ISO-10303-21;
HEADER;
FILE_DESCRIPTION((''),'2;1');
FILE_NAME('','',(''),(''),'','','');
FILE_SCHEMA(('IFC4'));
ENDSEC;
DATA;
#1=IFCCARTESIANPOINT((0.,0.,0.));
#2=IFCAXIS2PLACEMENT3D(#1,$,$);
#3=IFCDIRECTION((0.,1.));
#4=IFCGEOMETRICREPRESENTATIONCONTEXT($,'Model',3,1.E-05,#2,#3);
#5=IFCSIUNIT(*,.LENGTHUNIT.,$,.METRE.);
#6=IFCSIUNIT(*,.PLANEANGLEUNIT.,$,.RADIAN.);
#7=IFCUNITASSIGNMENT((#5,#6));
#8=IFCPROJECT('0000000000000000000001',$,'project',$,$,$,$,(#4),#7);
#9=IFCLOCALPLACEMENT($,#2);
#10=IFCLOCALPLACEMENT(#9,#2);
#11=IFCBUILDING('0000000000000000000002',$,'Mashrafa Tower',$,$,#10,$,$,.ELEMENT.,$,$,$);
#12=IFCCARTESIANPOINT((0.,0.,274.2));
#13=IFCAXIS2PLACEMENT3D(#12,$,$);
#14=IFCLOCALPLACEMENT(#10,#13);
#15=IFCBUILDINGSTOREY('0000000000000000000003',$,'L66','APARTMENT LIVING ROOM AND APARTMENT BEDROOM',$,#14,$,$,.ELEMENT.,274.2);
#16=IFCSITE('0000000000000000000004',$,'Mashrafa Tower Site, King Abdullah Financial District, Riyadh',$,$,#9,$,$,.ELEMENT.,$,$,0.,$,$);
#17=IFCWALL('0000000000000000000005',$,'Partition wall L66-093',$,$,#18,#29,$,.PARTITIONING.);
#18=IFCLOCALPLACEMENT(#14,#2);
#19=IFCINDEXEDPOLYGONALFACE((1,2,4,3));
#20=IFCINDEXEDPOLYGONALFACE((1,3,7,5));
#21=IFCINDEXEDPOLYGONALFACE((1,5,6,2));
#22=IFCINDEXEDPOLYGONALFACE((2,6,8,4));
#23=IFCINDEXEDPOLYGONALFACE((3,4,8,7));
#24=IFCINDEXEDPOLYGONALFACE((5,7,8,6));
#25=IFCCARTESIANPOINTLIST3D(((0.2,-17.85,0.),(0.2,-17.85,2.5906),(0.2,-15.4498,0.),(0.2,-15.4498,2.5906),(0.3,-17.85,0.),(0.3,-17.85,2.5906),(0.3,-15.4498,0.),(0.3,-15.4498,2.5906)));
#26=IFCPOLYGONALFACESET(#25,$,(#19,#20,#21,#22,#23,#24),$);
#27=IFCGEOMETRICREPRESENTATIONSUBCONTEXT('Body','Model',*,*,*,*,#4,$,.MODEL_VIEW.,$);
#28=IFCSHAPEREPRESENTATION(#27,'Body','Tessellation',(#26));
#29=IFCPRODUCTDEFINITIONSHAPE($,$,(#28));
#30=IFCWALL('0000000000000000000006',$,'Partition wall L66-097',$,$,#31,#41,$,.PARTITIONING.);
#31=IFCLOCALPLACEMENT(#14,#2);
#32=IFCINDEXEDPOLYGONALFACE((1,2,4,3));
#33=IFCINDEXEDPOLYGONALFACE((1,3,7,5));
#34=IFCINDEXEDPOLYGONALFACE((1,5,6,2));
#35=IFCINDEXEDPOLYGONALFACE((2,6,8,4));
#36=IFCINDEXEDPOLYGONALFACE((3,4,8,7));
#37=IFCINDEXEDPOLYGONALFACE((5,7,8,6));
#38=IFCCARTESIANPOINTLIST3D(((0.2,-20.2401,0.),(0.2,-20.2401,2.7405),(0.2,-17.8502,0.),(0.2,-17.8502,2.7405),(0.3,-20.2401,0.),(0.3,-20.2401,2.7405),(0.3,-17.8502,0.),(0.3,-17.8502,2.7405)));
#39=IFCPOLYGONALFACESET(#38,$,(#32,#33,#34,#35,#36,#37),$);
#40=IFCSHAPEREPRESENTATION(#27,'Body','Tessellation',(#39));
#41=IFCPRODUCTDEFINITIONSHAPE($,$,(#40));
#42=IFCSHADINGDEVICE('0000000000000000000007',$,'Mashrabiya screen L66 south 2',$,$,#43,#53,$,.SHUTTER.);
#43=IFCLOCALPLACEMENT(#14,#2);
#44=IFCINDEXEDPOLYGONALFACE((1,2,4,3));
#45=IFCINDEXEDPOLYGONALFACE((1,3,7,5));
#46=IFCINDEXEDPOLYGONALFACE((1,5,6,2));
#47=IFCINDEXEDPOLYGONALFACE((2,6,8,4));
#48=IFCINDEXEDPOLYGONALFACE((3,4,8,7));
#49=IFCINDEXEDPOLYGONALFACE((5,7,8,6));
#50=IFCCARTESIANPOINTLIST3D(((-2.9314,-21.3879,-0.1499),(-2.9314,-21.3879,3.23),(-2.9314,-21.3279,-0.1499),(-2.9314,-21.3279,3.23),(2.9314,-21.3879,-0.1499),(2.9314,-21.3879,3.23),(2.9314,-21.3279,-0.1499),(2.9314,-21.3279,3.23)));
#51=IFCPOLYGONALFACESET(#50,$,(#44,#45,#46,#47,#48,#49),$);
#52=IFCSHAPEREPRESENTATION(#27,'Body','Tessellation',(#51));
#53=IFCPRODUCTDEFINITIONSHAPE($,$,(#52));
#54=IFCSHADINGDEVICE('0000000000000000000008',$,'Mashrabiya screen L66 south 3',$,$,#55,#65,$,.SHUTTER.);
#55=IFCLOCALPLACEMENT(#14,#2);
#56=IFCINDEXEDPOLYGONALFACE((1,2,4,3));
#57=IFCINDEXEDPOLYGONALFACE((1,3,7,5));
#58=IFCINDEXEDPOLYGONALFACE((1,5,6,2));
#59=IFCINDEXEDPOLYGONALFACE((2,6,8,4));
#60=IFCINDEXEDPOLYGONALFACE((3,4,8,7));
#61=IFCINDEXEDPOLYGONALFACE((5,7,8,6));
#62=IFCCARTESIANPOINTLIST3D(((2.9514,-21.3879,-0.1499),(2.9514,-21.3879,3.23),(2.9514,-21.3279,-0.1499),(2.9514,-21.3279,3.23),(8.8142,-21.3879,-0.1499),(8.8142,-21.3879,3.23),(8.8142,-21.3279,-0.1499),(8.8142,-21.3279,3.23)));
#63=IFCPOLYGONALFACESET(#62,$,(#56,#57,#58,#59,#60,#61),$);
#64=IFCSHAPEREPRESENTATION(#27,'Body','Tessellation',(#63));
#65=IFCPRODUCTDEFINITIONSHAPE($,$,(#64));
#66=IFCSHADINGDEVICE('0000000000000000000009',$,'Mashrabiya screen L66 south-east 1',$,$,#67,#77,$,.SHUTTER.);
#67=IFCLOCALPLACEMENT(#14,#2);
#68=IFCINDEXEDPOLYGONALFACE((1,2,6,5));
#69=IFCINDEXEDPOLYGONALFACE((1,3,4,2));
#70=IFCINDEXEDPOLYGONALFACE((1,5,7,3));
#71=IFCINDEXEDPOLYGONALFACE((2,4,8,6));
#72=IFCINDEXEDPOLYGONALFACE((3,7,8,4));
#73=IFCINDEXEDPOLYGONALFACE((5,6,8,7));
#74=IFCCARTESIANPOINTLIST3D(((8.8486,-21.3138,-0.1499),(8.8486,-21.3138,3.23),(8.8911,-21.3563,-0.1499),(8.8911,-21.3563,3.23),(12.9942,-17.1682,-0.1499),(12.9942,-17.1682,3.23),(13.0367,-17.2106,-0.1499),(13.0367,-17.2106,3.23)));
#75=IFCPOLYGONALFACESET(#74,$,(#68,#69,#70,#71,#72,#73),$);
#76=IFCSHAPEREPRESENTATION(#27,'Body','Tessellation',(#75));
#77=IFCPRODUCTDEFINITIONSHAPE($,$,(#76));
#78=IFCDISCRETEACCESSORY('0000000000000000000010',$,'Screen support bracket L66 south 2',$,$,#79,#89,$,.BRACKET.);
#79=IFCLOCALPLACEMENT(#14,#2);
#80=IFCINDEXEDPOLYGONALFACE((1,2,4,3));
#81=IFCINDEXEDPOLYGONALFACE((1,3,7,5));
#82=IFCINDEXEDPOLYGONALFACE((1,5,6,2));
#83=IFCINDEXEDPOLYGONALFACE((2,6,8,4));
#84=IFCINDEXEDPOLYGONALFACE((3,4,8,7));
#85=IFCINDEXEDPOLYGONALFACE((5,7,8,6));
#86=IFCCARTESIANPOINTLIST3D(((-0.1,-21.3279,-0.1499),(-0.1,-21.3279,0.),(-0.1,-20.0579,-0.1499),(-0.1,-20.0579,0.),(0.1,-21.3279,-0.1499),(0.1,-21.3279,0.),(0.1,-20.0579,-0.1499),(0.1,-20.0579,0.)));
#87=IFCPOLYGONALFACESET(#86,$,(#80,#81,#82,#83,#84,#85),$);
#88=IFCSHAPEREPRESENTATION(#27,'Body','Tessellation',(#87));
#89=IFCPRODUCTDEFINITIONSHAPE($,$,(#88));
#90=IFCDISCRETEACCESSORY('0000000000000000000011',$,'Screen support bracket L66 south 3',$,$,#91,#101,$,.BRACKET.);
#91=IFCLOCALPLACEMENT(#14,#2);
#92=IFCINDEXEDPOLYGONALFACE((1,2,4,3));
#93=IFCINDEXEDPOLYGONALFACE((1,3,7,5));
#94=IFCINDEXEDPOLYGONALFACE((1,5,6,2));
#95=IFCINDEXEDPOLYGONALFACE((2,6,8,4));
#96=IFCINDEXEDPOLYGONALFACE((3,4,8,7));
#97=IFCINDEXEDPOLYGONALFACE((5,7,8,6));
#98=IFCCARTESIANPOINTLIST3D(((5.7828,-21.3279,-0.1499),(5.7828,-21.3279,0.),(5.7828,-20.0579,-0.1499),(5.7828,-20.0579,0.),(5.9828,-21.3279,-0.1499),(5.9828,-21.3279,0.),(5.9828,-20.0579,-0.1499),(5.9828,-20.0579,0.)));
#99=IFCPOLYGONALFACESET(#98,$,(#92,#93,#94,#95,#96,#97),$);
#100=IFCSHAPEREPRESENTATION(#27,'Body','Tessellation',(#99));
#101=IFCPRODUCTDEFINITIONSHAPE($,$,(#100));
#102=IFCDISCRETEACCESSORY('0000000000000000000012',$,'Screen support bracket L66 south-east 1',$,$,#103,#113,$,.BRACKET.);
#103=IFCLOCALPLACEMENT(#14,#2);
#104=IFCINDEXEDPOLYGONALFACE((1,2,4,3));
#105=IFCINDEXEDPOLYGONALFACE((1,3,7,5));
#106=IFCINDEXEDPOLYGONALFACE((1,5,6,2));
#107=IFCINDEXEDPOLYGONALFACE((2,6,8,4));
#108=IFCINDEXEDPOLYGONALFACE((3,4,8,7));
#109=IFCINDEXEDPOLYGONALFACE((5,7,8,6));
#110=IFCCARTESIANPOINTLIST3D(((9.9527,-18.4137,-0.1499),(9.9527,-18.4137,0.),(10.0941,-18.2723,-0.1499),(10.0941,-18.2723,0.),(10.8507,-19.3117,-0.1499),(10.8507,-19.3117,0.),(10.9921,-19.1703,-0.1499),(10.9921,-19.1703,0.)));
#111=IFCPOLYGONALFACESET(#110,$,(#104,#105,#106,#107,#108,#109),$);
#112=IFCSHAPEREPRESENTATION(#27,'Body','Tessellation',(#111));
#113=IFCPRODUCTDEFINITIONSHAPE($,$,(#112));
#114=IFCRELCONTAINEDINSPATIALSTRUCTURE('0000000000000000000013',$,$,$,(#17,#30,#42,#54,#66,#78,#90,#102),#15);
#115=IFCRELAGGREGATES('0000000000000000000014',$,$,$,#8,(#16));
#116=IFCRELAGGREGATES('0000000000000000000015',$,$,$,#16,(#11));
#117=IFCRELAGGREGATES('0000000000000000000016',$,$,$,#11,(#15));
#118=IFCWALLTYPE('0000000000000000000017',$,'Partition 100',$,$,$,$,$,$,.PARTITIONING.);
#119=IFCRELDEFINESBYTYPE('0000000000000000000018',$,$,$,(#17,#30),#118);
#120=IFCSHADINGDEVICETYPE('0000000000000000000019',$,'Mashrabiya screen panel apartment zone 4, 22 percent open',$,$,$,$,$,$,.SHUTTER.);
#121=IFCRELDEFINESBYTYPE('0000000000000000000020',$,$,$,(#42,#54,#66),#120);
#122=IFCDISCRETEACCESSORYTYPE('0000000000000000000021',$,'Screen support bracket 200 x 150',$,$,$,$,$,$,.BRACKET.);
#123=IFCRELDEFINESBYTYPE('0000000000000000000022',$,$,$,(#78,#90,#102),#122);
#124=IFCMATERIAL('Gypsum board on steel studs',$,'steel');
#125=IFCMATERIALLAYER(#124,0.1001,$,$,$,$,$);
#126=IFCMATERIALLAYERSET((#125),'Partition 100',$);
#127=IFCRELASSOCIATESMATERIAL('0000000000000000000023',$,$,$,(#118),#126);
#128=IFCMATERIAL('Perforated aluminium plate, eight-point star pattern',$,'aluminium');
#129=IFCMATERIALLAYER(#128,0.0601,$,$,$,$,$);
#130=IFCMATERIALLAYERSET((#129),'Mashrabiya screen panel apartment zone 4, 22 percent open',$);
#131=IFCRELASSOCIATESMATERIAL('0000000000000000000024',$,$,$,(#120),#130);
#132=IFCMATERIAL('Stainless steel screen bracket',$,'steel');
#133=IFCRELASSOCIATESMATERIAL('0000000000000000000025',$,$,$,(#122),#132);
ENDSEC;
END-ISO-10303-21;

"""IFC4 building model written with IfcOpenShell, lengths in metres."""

from ifc_helpers import new_model, si_unit, direction, frame, frame_2d, origin, origin_2d, place, context, subcontext, project, spatial, rectangle, extrude, source, transform, mapped, material, layer, layer_set, type_object, type_shapes, element, save


model = new_model("IFC4")

# Units and contexts
model_context = context("Model", 3, precision=1e-05, world=origin(), true_north=direction((0.0, 1.0)))
body_context = subcontext(model_context, "Body", "Model", "MODEL_VIEW")
ifc_project = project(units=[si_unit("LENGTHUNIT", "METRE"), si_unit("PLANEANGLEUNIT", "RADIAN")], contexts=[model_context])

# Site, building, storey
site_placement = place(None, origin())
site = spatial("IfcSite", under=ifc_project, at=site_placement, Name="Mashrafa Tower Site, King Abdullah Financial District, Riyadh", CompositionType="ELEMENT", RefElevation=0.0)
building_placement = place(site_placement, origin())
building = spatial("IfcBuilding", under=site, at=building_placement, Name="Mashrafa Tower", CompositionType="ELEMENT")
storey_placement = place(building_placement, frame((0.0, 0.0, 274.2)))
storey = spatial("IfcBuildingStorey", under=building, at=storey_placement, Name="L66", Description="APARTMENT LIVING ROOM AND APARTMENT BEDROOM", CompositionType="ELEMENT", Elevation=274.2)

# Walls
ifc_material_1 = material(Name="Gypsum board on steel studs", Category="steel")
ifc_layer_1 = layer(ifc_material_1, 0.1001)
ifc_layer_set_1 = layer_set([ifc_layer_1], Name="Partition 100")
wall_type = type_object("IfcWallType", Name="Partition 100", PredefinedType="PARTITIONING", material=ifc_layer_set_1)
wall_1_placement = place(storey_placement, frame((0.25, -17.8501, 0.0), z_axis=(0.0, 0.0, 1.0), x_axis=(0.0, 1.0, 0.0)))
element("IfcWall", 1, at=wall_1_placement, inside=storey, type_object=wall_type, Name="Partition wall L66-093", PredefinedType="PARTITIONING", context=body_context, shape_type="SweptSolid", body=[
    extrude(rectangle(XDim=2.4001, YDim=0.1001, at=frame_2d((1.2002, 0.0))), origin(), (0.0, 0.0, 1.0), 2.5906),
])
wall_2_placement = place(storey_placement, frame((0.25, -20.24, 0.0), z_axis=(0.0, 0.0, 1.0), x_axis=(0.0, 1.0, 0.0)))
element("IfcWall", 2, at=wall_2_placement, inside=storey, type_object=wall_type, Name="Partition wall L66-097", PredefinedType="PARTITIONING", context=body_context, shape_type="SweptSolid", body=[
    extrude(rectangle(XDim=2.3899, YDim=0.1001, at=frame_2d((1.1948, 0.0))), origin(), (0.0, 0.0, 1.0), 2.7405),
])

# Shading devices
ifc_material_2 = material(Name="Perforated aluminium plate, eight-point star pattern", Category="aluminium")
ifc_layer_2 = layer(ifc_material_2, 0.0601)
ifc_layer_set_2 = layer_set([ifc_layer_2], Name="Mashrabiya screen panel apartment zone 4, 22 percent open")
shading_device_type = type_object("IfcShadingDeviceType", Name="Mashrabiya screen panel apartment zone 4, 22 percent open", PredefinedType="SHUTTER", material=ifc_layer_set_2)
shared_shape_1 = source(origin(), body_context, "Body", "SweptSolid", [
    extrude(rectangle(XDim=5.8628, YDim=0.0601, at=origin_2d()), origin(), (0.0, 0.0, 1.0), 3.3799),
])
type_shapes(shading_device_type, [shared_shape_1])
for number, where, z_axis, x_axis, name in (
    (3, (0.0, -21.3579, -0.1499), (0.0, 0.0, 1.0), (1.0, 0.0, 0.0), "Mashrabiya screen L66 south 2"),
    (4, (5.8828, -21.3579, -0.1499), (0.0, 0.0, 1.0), (1.0, 0.0, 0.0), "Mashrabiya screen L66 south 3"),
    (5, (10.9426, -19.2622, -0.1499), (0.0, 0.0, 1.0), (0.707107, 0.707107, 0.0), "Mashrabiya screen L66 south-east 1"),
):
    element("IfcShadingDevice", number, at=place(storey_placement, frame(where, z_axis=z_axis, x_axis=x_axis)), inside=storey, type_object=shading_device_type, Name=name, PredefinedType="SHUTTER", context=body_context, shape_type="MappedRepresentation", body=[
        mapped(shared_shape_1, transform((0.0, 0.0, 0.0))),
    ])

# Discrete accessories
ifc_material_3 = material(Name="Stainless steel screen bracket", Category="steel")
discrete_accessory_type = type_object("IfcDiscreteAccessoryType", Name="Screen support bracket 200 x 150", PredefinedType="BRACKET", material=ifc_material_3)
shared_shape_2 = source(origin(), body_context, "Body", "SweptSolid", [
    extrude(rectangle(XDim=0.2, YDim=1.27, at=origin_2d()), origin(), (0.0, 0.0, 1.0), 0.1499),
])
type_shapes(discrete_accessory_type, [shared_shape_2])
for number, where, z_axis, x_axis, name in (
    (6, (0.0, -20.6929, -0.1499), (0.0, 0.0, 1.0), (1.0, 0.0, 0.0), "Screen support bracket L66 south 2"),
    (7, (5.8828, -20.6929, -0.1499), (0.0, 0.0, 1.0), (1.0, 0.0, 0.0), "Screen support bracket L66 south 3"),
    (8, (10.4724, -18.792, -0.1499), (0.0, 0.0, 1.0), (0.707107, 0.707107, 0.0), "Screen support bracket L66 south-east 1"),
):
    element("IfcDiscreteAccessory", number, at=place(storey_placement, frame(where, z_axis=z_axis, x_axis=x_axis)), inside=storey, type_object=discrete_accessory_type, Name=name, PredefinedType="BRACKET", context=body_context, shape_type="MappedRepresentation", body=[
        mapped(shared_shape_2, transform((0.0, 0.0, 0.0))),
    ])

save(model, "model.ifc")
